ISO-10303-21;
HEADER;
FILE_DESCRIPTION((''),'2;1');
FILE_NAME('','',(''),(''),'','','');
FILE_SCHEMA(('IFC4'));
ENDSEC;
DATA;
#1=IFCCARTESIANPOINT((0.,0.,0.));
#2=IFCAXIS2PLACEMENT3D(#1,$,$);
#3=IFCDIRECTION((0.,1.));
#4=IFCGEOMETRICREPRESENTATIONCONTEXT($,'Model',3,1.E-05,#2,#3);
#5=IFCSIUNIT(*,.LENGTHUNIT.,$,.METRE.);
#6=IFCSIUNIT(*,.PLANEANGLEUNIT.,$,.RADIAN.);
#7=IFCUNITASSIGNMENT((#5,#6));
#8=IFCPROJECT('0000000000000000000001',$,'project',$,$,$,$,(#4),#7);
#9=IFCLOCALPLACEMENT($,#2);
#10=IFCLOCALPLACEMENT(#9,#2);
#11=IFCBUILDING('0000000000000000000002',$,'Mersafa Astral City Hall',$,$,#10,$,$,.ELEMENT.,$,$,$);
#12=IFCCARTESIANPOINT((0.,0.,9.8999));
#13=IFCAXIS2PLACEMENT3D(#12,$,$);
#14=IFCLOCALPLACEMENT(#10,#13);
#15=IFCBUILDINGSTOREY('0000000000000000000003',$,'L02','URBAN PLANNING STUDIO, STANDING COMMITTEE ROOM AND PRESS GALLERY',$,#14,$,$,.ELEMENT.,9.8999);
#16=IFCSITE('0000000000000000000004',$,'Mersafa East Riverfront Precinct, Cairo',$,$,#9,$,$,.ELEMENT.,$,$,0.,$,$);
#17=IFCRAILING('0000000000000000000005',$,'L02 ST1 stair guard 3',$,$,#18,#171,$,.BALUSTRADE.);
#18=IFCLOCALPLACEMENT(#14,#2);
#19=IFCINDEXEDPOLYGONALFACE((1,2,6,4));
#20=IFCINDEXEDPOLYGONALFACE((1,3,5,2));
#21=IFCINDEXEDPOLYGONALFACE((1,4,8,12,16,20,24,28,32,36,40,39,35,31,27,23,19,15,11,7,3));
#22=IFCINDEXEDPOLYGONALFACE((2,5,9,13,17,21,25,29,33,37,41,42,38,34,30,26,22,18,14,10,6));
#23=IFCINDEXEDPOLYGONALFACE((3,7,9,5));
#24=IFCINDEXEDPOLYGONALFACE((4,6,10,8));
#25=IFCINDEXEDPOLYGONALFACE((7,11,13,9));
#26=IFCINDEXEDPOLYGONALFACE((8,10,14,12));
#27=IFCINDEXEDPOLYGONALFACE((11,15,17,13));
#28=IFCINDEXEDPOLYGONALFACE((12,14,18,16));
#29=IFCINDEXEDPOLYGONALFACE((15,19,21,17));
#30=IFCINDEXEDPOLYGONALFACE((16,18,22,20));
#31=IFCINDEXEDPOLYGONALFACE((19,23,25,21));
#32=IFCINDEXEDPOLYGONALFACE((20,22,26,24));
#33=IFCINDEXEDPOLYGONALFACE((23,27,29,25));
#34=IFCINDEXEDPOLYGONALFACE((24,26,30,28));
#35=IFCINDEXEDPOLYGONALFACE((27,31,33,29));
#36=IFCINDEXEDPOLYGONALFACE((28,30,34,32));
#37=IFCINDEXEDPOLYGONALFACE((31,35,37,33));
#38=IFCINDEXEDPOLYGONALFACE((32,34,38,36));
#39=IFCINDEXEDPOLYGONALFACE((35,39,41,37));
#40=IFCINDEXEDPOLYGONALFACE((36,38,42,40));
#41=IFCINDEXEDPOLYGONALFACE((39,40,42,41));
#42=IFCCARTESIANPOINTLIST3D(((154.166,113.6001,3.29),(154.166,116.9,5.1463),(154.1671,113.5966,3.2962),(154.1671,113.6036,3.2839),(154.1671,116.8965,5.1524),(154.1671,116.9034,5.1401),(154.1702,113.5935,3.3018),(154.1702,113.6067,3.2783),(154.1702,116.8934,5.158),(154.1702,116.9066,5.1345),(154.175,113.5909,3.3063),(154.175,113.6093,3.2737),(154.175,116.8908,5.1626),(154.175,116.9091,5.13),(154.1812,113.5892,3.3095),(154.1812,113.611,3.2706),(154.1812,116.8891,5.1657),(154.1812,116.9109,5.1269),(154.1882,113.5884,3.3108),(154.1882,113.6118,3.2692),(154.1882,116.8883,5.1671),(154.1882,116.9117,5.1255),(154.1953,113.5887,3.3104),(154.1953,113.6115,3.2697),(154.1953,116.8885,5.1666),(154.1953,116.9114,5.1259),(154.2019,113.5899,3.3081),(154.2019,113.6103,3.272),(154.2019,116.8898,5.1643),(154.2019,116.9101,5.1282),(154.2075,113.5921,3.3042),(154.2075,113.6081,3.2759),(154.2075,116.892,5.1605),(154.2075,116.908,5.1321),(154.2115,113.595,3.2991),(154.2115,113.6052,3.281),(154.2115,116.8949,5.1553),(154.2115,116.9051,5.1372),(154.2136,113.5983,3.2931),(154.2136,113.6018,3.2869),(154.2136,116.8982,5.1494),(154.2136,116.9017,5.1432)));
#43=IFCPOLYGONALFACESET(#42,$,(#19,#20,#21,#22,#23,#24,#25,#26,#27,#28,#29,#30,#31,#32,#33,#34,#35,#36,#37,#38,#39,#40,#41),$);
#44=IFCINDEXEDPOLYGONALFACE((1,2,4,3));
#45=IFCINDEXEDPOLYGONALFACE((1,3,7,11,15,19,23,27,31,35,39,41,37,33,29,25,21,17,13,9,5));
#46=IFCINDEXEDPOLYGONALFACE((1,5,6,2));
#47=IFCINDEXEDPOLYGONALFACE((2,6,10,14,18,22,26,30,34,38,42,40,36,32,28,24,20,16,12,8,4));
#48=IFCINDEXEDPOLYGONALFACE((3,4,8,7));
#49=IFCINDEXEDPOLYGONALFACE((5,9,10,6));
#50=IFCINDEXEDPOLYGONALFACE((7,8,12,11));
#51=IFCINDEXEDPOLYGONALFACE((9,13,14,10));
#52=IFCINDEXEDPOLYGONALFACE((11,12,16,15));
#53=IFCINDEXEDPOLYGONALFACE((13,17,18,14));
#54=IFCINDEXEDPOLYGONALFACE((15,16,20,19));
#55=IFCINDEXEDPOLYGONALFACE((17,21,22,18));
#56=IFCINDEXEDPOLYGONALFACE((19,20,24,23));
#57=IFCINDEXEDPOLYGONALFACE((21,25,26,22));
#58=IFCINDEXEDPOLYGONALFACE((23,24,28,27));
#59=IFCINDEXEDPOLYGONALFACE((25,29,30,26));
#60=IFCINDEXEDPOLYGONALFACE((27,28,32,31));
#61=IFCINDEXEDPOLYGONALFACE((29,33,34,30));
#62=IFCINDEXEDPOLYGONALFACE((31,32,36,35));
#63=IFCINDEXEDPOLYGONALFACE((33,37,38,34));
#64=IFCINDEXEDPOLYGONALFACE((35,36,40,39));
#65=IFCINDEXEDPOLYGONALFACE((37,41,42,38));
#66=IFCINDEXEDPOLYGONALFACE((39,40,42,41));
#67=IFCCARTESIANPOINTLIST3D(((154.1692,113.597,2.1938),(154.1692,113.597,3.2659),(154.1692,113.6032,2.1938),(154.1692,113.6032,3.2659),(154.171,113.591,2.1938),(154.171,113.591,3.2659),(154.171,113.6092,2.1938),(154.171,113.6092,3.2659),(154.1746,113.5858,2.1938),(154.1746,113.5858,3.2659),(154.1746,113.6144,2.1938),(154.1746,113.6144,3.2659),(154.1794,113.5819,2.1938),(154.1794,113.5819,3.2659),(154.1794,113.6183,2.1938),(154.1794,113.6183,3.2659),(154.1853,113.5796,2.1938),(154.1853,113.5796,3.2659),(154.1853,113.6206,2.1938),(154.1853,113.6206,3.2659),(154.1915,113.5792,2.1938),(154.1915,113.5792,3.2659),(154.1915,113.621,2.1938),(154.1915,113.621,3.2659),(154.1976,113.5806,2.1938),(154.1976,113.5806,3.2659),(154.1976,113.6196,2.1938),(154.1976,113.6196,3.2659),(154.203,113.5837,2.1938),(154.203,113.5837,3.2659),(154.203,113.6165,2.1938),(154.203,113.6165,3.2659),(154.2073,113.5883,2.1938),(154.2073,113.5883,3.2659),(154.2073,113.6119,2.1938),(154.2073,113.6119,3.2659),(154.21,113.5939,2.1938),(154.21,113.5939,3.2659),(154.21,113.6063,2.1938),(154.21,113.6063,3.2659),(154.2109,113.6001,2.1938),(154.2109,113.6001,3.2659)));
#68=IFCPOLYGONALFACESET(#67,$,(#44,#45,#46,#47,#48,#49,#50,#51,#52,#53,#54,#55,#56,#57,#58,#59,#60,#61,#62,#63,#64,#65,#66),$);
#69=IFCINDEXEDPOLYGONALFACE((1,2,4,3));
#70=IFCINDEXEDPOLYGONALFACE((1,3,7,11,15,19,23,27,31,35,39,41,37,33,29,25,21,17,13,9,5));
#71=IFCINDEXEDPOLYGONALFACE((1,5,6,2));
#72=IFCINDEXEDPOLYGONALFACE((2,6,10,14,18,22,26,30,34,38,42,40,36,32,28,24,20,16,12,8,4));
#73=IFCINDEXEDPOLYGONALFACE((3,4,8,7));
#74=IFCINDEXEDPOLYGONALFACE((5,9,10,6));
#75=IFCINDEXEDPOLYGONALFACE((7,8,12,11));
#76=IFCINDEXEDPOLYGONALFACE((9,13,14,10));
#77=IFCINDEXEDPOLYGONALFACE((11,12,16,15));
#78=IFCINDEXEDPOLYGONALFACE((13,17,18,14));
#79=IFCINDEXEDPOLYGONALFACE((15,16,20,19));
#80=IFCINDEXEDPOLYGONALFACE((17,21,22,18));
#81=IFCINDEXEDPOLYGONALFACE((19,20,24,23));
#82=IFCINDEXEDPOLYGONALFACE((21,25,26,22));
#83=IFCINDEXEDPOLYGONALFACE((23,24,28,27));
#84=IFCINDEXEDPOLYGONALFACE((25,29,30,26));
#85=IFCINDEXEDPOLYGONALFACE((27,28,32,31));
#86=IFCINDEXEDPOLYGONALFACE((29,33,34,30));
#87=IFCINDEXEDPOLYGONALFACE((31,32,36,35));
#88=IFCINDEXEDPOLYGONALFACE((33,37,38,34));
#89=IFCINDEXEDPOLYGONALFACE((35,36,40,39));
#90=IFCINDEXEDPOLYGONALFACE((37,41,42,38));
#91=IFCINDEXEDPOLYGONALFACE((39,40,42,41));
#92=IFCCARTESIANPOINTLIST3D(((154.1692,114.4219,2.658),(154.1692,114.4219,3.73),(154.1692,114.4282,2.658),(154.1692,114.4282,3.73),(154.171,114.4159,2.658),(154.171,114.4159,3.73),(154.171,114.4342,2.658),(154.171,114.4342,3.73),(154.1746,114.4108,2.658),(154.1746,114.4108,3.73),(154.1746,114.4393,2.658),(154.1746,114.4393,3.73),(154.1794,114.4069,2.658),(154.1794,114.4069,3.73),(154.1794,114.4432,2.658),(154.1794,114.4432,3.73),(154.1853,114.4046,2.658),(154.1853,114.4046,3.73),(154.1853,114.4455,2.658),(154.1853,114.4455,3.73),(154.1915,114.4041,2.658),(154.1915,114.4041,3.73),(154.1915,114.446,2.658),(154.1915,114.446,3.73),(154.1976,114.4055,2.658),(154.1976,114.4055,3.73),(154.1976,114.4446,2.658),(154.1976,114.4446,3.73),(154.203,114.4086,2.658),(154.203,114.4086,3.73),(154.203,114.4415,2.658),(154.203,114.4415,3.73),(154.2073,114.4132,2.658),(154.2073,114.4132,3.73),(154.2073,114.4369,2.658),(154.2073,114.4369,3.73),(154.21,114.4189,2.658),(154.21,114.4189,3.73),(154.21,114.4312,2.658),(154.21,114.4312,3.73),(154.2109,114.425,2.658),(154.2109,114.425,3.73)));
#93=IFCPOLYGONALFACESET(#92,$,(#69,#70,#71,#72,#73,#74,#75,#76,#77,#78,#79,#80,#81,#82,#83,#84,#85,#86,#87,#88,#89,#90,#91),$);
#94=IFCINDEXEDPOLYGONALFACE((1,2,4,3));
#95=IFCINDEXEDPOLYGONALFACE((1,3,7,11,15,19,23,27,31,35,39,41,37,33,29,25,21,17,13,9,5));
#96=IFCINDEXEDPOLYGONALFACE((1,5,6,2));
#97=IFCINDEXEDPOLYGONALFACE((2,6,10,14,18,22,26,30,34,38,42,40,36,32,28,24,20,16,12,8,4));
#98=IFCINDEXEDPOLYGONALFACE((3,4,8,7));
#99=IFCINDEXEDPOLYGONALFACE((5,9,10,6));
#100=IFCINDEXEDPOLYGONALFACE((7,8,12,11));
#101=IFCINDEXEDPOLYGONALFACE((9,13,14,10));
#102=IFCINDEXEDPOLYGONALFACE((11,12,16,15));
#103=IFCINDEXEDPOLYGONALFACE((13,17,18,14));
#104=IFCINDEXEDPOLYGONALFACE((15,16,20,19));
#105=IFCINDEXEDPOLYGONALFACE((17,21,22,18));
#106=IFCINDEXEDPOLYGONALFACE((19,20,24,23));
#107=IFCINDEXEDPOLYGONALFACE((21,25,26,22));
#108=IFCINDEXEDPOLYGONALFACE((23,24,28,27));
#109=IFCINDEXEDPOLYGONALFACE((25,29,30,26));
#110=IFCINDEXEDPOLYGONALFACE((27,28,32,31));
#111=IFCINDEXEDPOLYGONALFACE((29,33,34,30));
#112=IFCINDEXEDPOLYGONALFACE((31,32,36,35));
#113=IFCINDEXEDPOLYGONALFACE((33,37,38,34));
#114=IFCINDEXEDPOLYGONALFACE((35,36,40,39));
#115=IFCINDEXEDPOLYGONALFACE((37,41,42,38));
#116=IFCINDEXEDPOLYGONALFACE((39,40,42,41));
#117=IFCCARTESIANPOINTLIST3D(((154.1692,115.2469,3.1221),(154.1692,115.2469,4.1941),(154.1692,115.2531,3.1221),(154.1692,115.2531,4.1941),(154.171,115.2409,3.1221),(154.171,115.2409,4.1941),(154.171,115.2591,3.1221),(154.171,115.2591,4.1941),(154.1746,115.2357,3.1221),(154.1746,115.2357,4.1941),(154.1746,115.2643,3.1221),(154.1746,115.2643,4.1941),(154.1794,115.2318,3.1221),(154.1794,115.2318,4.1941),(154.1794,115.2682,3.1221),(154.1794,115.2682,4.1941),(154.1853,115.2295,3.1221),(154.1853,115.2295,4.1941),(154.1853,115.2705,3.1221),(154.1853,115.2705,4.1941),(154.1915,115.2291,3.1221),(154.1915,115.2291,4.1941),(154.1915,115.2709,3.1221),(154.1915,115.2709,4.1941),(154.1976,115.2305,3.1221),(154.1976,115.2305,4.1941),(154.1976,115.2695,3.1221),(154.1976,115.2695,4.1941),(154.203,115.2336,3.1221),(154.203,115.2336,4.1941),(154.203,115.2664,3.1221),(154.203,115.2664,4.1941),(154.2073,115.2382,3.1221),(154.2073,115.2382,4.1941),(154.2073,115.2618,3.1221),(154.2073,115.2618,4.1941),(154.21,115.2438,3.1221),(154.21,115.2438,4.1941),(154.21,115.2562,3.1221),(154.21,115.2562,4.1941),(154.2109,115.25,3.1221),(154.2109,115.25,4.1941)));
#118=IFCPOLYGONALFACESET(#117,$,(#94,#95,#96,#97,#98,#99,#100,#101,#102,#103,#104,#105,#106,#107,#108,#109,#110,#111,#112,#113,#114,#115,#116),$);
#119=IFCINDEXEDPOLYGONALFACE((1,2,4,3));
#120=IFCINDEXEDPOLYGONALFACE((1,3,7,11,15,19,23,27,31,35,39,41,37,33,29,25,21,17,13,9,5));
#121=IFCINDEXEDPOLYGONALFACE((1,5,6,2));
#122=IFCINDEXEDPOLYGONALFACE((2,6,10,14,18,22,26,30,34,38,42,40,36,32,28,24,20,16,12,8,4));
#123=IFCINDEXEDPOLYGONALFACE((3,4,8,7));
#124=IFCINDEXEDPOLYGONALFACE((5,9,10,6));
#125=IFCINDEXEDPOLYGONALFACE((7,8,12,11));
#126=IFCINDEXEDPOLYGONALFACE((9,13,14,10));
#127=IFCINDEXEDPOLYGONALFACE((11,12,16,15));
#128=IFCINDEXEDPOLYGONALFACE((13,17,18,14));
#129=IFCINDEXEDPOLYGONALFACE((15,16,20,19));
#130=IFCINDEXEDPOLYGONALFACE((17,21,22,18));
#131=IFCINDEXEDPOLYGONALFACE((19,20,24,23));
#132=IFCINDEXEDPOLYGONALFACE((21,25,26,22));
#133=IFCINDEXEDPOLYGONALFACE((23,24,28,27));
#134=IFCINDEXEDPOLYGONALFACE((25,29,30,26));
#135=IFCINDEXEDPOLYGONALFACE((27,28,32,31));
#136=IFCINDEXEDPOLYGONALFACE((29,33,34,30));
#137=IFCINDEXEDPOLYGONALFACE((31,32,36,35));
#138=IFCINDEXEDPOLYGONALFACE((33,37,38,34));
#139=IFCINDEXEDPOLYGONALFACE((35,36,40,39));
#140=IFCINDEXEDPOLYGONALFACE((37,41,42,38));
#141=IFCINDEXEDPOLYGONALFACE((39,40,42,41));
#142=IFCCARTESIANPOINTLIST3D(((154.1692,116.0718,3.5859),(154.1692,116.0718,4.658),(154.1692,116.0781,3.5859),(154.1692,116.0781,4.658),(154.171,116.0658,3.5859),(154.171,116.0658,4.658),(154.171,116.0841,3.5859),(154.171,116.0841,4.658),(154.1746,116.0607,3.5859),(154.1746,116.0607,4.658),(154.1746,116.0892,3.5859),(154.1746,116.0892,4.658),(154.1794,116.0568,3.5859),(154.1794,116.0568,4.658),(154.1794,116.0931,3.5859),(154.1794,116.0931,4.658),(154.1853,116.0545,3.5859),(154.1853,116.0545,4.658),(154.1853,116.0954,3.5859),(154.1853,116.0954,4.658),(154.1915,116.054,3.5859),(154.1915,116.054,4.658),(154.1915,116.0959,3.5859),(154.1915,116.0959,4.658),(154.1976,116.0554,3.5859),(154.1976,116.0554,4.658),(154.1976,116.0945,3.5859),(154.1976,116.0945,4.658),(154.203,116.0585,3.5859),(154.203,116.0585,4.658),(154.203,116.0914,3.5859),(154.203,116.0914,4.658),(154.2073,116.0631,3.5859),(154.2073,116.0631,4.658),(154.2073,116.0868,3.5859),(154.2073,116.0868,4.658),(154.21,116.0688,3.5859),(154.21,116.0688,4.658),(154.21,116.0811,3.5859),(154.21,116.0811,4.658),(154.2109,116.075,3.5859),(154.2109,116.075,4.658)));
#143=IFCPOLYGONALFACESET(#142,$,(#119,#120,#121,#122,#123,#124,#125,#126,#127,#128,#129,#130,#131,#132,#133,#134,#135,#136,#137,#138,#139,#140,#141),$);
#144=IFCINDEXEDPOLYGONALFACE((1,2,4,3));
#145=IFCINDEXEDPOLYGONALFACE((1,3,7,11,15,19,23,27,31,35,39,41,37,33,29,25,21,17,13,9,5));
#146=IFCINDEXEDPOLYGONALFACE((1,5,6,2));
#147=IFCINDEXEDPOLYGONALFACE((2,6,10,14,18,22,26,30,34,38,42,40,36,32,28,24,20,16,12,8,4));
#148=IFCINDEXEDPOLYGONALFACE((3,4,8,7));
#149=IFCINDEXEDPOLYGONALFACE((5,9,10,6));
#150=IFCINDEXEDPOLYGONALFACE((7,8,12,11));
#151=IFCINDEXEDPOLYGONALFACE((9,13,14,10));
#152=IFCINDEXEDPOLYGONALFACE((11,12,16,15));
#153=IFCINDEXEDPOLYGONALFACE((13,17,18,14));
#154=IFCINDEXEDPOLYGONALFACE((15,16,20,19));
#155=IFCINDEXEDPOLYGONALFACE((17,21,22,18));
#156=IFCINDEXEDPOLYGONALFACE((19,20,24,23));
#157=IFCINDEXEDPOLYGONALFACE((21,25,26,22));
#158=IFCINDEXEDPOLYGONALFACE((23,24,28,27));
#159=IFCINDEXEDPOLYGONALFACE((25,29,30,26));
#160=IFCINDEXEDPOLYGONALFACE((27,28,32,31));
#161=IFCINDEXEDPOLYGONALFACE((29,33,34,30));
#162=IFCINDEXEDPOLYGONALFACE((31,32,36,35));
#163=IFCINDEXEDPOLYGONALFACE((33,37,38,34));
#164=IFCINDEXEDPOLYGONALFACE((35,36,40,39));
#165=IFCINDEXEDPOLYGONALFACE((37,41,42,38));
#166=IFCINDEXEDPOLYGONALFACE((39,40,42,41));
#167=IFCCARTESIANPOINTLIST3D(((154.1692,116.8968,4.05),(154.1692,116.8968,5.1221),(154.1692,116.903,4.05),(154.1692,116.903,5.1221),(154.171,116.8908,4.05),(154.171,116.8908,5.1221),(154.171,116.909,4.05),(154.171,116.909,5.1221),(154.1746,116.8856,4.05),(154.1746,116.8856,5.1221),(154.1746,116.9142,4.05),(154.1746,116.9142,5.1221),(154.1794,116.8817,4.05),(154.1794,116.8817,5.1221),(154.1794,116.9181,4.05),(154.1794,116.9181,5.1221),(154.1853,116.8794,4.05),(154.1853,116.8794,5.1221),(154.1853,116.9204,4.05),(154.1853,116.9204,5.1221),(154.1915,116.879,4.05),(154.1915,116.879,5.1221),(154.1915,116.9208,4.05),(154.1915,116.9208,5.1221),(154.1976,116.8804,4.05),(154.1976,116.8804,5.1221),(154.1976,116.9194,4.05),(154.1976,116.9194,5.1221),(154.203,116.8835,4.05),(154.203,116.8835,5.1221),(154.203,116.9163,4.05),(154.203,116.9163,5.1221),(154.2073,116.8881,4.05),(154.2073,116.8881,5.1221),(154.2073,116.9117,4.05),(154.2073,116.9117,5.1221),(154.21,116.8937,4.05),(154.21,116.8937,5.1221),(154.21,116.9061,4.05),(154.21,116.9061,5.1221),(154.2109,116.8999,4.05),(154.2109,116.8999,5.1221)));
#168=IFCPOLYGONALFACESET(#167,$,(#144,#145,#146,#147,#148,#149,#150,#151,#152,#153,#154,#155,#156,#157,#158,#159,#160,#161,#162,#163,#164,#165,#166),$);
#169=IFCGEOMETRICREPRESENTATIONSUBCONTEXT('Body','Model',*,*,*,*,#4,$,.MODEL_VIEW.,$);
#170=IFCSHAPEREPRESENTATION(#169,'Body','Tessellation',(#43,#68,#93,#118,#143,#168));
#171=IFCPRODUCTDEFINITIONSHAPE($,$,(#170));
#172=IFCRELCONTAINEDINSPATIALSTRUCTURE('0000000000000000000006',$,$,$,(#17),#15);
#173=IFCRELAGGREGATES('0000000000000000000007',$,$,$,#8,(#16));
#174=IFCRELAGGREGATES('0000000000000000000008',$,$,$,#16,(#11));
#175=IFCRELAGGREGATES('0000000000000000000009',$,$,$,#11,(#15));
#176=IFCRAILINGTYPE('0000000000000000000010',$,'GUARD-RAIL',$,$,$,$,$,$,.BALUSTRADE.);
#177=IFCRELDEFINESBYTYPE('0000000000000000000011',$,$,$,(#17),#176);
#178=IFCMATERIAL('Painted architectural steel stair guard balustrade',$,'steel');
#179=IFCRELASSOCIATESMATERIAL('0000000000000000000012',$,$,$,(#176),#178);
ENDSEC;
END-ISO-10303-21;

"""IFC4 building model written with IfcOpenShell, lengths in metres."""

from ifc_helpers import new_model, si_unit, direction, frame, origin, origin_2d, place, context, subcontext, project, spatial, circle, extrude, material, type_object, element, save


model = new_model("IFC4")

# Units and contexts
model_context = context("Model", 3, precision=1e-05, world=origin(), true_north=direction((0.0, 1.0)))
body_context = subcontext(model_context, "Body", "Model", "MODEL_VIEW")
ifc_project = project(units=[si_unit("LENGTHUNIT", "METRE"), si_unit("PLANEANGLEUNIT", "RADIAN")], contexts=[model_context])

# Site, building, storey
site_placement = place(None, origin())
site = spatial("IfcSite", under=ifc_project, at=site_placement, Name="Mersafa East Riverfront Precinct, Cairo", CompositionType="ELEMENT", RefElevation=0.0)
building_placement = place(site_placement, origin())
building = spatial("IfcBuilding", under=site, at=building_placement, Name="Mersafa Astral City Hall", CompositionType="ELEMENT")
storey_placement = place(building_placement, frame((0.0, 0.0, 9.8999)))
storey = spatial("IfcBuildingStorey", under=building, at=storey_placement, Name="L02", Description="URBAN PLANNING STUDIO, STANDING COMMITTEE ROOM AND PRESS GALLERY", CompositionType="ELEMENT", Elevation=9.8999)

# Railing
ifc_material_1 = material(Name="Painted architectural steel stair guard balustrade", Category="steel")
railing_type_1 = type_object("IfcRailingType", Name="GUARD-RAIL", PredefinedType="BALUSTRADE", material=ifc_material_1)
railing_1_placement = place(storey_placement, frame((154.1899, 113.6001, 2.1938)))
element("IfcRailing", 1, at=railing_1_placement, inside=storey, type_object=railing_type_1, Name="L02 ST1 stair guard 3", PredefinedType="BALUSTRADE", context=body_context, shape_type="SweptSolid", body=[
    extrude(circle(Radius=0.0239, at=origin_2d()), frame((0.0, 0.0, 1.0962), z_axis=(0.0, 0.871569, 0.490273), x_axis=(-1.0, 0.0, 0.0)), (0.0, 0.0, 1.0), 3.7861),
    extrude(circle(Radius=0.021, at=origin_2d()), origin(), (0.0, 0.0, 1.0), 1.072),
    extrude(circle(Radius=0.021, at=origin_2d()), frame((0.0, 0.825, 0.4641)), (0.0, 0.0, 1.0), 1.072),
    extrude(circle(Radius=0.021, at=origin_2d()), frame((0.0, 1.6499, 0.9282)), (0.0, 0.0, 1.0), 1.072),
    extrude(circle(Radius=0.021, at=origin_2d()), frame((0.0, 2.4749, 1.3921)), (0.0, 0.0, 1.0), 1.072),
    extrude(circle(Radius=0.021, at=origin_2d()), frame((0.0, 3.2998, 1.8562)), (0.0, 0.0, 1.0), 1.072),
])

save(model, "model.ifc")
